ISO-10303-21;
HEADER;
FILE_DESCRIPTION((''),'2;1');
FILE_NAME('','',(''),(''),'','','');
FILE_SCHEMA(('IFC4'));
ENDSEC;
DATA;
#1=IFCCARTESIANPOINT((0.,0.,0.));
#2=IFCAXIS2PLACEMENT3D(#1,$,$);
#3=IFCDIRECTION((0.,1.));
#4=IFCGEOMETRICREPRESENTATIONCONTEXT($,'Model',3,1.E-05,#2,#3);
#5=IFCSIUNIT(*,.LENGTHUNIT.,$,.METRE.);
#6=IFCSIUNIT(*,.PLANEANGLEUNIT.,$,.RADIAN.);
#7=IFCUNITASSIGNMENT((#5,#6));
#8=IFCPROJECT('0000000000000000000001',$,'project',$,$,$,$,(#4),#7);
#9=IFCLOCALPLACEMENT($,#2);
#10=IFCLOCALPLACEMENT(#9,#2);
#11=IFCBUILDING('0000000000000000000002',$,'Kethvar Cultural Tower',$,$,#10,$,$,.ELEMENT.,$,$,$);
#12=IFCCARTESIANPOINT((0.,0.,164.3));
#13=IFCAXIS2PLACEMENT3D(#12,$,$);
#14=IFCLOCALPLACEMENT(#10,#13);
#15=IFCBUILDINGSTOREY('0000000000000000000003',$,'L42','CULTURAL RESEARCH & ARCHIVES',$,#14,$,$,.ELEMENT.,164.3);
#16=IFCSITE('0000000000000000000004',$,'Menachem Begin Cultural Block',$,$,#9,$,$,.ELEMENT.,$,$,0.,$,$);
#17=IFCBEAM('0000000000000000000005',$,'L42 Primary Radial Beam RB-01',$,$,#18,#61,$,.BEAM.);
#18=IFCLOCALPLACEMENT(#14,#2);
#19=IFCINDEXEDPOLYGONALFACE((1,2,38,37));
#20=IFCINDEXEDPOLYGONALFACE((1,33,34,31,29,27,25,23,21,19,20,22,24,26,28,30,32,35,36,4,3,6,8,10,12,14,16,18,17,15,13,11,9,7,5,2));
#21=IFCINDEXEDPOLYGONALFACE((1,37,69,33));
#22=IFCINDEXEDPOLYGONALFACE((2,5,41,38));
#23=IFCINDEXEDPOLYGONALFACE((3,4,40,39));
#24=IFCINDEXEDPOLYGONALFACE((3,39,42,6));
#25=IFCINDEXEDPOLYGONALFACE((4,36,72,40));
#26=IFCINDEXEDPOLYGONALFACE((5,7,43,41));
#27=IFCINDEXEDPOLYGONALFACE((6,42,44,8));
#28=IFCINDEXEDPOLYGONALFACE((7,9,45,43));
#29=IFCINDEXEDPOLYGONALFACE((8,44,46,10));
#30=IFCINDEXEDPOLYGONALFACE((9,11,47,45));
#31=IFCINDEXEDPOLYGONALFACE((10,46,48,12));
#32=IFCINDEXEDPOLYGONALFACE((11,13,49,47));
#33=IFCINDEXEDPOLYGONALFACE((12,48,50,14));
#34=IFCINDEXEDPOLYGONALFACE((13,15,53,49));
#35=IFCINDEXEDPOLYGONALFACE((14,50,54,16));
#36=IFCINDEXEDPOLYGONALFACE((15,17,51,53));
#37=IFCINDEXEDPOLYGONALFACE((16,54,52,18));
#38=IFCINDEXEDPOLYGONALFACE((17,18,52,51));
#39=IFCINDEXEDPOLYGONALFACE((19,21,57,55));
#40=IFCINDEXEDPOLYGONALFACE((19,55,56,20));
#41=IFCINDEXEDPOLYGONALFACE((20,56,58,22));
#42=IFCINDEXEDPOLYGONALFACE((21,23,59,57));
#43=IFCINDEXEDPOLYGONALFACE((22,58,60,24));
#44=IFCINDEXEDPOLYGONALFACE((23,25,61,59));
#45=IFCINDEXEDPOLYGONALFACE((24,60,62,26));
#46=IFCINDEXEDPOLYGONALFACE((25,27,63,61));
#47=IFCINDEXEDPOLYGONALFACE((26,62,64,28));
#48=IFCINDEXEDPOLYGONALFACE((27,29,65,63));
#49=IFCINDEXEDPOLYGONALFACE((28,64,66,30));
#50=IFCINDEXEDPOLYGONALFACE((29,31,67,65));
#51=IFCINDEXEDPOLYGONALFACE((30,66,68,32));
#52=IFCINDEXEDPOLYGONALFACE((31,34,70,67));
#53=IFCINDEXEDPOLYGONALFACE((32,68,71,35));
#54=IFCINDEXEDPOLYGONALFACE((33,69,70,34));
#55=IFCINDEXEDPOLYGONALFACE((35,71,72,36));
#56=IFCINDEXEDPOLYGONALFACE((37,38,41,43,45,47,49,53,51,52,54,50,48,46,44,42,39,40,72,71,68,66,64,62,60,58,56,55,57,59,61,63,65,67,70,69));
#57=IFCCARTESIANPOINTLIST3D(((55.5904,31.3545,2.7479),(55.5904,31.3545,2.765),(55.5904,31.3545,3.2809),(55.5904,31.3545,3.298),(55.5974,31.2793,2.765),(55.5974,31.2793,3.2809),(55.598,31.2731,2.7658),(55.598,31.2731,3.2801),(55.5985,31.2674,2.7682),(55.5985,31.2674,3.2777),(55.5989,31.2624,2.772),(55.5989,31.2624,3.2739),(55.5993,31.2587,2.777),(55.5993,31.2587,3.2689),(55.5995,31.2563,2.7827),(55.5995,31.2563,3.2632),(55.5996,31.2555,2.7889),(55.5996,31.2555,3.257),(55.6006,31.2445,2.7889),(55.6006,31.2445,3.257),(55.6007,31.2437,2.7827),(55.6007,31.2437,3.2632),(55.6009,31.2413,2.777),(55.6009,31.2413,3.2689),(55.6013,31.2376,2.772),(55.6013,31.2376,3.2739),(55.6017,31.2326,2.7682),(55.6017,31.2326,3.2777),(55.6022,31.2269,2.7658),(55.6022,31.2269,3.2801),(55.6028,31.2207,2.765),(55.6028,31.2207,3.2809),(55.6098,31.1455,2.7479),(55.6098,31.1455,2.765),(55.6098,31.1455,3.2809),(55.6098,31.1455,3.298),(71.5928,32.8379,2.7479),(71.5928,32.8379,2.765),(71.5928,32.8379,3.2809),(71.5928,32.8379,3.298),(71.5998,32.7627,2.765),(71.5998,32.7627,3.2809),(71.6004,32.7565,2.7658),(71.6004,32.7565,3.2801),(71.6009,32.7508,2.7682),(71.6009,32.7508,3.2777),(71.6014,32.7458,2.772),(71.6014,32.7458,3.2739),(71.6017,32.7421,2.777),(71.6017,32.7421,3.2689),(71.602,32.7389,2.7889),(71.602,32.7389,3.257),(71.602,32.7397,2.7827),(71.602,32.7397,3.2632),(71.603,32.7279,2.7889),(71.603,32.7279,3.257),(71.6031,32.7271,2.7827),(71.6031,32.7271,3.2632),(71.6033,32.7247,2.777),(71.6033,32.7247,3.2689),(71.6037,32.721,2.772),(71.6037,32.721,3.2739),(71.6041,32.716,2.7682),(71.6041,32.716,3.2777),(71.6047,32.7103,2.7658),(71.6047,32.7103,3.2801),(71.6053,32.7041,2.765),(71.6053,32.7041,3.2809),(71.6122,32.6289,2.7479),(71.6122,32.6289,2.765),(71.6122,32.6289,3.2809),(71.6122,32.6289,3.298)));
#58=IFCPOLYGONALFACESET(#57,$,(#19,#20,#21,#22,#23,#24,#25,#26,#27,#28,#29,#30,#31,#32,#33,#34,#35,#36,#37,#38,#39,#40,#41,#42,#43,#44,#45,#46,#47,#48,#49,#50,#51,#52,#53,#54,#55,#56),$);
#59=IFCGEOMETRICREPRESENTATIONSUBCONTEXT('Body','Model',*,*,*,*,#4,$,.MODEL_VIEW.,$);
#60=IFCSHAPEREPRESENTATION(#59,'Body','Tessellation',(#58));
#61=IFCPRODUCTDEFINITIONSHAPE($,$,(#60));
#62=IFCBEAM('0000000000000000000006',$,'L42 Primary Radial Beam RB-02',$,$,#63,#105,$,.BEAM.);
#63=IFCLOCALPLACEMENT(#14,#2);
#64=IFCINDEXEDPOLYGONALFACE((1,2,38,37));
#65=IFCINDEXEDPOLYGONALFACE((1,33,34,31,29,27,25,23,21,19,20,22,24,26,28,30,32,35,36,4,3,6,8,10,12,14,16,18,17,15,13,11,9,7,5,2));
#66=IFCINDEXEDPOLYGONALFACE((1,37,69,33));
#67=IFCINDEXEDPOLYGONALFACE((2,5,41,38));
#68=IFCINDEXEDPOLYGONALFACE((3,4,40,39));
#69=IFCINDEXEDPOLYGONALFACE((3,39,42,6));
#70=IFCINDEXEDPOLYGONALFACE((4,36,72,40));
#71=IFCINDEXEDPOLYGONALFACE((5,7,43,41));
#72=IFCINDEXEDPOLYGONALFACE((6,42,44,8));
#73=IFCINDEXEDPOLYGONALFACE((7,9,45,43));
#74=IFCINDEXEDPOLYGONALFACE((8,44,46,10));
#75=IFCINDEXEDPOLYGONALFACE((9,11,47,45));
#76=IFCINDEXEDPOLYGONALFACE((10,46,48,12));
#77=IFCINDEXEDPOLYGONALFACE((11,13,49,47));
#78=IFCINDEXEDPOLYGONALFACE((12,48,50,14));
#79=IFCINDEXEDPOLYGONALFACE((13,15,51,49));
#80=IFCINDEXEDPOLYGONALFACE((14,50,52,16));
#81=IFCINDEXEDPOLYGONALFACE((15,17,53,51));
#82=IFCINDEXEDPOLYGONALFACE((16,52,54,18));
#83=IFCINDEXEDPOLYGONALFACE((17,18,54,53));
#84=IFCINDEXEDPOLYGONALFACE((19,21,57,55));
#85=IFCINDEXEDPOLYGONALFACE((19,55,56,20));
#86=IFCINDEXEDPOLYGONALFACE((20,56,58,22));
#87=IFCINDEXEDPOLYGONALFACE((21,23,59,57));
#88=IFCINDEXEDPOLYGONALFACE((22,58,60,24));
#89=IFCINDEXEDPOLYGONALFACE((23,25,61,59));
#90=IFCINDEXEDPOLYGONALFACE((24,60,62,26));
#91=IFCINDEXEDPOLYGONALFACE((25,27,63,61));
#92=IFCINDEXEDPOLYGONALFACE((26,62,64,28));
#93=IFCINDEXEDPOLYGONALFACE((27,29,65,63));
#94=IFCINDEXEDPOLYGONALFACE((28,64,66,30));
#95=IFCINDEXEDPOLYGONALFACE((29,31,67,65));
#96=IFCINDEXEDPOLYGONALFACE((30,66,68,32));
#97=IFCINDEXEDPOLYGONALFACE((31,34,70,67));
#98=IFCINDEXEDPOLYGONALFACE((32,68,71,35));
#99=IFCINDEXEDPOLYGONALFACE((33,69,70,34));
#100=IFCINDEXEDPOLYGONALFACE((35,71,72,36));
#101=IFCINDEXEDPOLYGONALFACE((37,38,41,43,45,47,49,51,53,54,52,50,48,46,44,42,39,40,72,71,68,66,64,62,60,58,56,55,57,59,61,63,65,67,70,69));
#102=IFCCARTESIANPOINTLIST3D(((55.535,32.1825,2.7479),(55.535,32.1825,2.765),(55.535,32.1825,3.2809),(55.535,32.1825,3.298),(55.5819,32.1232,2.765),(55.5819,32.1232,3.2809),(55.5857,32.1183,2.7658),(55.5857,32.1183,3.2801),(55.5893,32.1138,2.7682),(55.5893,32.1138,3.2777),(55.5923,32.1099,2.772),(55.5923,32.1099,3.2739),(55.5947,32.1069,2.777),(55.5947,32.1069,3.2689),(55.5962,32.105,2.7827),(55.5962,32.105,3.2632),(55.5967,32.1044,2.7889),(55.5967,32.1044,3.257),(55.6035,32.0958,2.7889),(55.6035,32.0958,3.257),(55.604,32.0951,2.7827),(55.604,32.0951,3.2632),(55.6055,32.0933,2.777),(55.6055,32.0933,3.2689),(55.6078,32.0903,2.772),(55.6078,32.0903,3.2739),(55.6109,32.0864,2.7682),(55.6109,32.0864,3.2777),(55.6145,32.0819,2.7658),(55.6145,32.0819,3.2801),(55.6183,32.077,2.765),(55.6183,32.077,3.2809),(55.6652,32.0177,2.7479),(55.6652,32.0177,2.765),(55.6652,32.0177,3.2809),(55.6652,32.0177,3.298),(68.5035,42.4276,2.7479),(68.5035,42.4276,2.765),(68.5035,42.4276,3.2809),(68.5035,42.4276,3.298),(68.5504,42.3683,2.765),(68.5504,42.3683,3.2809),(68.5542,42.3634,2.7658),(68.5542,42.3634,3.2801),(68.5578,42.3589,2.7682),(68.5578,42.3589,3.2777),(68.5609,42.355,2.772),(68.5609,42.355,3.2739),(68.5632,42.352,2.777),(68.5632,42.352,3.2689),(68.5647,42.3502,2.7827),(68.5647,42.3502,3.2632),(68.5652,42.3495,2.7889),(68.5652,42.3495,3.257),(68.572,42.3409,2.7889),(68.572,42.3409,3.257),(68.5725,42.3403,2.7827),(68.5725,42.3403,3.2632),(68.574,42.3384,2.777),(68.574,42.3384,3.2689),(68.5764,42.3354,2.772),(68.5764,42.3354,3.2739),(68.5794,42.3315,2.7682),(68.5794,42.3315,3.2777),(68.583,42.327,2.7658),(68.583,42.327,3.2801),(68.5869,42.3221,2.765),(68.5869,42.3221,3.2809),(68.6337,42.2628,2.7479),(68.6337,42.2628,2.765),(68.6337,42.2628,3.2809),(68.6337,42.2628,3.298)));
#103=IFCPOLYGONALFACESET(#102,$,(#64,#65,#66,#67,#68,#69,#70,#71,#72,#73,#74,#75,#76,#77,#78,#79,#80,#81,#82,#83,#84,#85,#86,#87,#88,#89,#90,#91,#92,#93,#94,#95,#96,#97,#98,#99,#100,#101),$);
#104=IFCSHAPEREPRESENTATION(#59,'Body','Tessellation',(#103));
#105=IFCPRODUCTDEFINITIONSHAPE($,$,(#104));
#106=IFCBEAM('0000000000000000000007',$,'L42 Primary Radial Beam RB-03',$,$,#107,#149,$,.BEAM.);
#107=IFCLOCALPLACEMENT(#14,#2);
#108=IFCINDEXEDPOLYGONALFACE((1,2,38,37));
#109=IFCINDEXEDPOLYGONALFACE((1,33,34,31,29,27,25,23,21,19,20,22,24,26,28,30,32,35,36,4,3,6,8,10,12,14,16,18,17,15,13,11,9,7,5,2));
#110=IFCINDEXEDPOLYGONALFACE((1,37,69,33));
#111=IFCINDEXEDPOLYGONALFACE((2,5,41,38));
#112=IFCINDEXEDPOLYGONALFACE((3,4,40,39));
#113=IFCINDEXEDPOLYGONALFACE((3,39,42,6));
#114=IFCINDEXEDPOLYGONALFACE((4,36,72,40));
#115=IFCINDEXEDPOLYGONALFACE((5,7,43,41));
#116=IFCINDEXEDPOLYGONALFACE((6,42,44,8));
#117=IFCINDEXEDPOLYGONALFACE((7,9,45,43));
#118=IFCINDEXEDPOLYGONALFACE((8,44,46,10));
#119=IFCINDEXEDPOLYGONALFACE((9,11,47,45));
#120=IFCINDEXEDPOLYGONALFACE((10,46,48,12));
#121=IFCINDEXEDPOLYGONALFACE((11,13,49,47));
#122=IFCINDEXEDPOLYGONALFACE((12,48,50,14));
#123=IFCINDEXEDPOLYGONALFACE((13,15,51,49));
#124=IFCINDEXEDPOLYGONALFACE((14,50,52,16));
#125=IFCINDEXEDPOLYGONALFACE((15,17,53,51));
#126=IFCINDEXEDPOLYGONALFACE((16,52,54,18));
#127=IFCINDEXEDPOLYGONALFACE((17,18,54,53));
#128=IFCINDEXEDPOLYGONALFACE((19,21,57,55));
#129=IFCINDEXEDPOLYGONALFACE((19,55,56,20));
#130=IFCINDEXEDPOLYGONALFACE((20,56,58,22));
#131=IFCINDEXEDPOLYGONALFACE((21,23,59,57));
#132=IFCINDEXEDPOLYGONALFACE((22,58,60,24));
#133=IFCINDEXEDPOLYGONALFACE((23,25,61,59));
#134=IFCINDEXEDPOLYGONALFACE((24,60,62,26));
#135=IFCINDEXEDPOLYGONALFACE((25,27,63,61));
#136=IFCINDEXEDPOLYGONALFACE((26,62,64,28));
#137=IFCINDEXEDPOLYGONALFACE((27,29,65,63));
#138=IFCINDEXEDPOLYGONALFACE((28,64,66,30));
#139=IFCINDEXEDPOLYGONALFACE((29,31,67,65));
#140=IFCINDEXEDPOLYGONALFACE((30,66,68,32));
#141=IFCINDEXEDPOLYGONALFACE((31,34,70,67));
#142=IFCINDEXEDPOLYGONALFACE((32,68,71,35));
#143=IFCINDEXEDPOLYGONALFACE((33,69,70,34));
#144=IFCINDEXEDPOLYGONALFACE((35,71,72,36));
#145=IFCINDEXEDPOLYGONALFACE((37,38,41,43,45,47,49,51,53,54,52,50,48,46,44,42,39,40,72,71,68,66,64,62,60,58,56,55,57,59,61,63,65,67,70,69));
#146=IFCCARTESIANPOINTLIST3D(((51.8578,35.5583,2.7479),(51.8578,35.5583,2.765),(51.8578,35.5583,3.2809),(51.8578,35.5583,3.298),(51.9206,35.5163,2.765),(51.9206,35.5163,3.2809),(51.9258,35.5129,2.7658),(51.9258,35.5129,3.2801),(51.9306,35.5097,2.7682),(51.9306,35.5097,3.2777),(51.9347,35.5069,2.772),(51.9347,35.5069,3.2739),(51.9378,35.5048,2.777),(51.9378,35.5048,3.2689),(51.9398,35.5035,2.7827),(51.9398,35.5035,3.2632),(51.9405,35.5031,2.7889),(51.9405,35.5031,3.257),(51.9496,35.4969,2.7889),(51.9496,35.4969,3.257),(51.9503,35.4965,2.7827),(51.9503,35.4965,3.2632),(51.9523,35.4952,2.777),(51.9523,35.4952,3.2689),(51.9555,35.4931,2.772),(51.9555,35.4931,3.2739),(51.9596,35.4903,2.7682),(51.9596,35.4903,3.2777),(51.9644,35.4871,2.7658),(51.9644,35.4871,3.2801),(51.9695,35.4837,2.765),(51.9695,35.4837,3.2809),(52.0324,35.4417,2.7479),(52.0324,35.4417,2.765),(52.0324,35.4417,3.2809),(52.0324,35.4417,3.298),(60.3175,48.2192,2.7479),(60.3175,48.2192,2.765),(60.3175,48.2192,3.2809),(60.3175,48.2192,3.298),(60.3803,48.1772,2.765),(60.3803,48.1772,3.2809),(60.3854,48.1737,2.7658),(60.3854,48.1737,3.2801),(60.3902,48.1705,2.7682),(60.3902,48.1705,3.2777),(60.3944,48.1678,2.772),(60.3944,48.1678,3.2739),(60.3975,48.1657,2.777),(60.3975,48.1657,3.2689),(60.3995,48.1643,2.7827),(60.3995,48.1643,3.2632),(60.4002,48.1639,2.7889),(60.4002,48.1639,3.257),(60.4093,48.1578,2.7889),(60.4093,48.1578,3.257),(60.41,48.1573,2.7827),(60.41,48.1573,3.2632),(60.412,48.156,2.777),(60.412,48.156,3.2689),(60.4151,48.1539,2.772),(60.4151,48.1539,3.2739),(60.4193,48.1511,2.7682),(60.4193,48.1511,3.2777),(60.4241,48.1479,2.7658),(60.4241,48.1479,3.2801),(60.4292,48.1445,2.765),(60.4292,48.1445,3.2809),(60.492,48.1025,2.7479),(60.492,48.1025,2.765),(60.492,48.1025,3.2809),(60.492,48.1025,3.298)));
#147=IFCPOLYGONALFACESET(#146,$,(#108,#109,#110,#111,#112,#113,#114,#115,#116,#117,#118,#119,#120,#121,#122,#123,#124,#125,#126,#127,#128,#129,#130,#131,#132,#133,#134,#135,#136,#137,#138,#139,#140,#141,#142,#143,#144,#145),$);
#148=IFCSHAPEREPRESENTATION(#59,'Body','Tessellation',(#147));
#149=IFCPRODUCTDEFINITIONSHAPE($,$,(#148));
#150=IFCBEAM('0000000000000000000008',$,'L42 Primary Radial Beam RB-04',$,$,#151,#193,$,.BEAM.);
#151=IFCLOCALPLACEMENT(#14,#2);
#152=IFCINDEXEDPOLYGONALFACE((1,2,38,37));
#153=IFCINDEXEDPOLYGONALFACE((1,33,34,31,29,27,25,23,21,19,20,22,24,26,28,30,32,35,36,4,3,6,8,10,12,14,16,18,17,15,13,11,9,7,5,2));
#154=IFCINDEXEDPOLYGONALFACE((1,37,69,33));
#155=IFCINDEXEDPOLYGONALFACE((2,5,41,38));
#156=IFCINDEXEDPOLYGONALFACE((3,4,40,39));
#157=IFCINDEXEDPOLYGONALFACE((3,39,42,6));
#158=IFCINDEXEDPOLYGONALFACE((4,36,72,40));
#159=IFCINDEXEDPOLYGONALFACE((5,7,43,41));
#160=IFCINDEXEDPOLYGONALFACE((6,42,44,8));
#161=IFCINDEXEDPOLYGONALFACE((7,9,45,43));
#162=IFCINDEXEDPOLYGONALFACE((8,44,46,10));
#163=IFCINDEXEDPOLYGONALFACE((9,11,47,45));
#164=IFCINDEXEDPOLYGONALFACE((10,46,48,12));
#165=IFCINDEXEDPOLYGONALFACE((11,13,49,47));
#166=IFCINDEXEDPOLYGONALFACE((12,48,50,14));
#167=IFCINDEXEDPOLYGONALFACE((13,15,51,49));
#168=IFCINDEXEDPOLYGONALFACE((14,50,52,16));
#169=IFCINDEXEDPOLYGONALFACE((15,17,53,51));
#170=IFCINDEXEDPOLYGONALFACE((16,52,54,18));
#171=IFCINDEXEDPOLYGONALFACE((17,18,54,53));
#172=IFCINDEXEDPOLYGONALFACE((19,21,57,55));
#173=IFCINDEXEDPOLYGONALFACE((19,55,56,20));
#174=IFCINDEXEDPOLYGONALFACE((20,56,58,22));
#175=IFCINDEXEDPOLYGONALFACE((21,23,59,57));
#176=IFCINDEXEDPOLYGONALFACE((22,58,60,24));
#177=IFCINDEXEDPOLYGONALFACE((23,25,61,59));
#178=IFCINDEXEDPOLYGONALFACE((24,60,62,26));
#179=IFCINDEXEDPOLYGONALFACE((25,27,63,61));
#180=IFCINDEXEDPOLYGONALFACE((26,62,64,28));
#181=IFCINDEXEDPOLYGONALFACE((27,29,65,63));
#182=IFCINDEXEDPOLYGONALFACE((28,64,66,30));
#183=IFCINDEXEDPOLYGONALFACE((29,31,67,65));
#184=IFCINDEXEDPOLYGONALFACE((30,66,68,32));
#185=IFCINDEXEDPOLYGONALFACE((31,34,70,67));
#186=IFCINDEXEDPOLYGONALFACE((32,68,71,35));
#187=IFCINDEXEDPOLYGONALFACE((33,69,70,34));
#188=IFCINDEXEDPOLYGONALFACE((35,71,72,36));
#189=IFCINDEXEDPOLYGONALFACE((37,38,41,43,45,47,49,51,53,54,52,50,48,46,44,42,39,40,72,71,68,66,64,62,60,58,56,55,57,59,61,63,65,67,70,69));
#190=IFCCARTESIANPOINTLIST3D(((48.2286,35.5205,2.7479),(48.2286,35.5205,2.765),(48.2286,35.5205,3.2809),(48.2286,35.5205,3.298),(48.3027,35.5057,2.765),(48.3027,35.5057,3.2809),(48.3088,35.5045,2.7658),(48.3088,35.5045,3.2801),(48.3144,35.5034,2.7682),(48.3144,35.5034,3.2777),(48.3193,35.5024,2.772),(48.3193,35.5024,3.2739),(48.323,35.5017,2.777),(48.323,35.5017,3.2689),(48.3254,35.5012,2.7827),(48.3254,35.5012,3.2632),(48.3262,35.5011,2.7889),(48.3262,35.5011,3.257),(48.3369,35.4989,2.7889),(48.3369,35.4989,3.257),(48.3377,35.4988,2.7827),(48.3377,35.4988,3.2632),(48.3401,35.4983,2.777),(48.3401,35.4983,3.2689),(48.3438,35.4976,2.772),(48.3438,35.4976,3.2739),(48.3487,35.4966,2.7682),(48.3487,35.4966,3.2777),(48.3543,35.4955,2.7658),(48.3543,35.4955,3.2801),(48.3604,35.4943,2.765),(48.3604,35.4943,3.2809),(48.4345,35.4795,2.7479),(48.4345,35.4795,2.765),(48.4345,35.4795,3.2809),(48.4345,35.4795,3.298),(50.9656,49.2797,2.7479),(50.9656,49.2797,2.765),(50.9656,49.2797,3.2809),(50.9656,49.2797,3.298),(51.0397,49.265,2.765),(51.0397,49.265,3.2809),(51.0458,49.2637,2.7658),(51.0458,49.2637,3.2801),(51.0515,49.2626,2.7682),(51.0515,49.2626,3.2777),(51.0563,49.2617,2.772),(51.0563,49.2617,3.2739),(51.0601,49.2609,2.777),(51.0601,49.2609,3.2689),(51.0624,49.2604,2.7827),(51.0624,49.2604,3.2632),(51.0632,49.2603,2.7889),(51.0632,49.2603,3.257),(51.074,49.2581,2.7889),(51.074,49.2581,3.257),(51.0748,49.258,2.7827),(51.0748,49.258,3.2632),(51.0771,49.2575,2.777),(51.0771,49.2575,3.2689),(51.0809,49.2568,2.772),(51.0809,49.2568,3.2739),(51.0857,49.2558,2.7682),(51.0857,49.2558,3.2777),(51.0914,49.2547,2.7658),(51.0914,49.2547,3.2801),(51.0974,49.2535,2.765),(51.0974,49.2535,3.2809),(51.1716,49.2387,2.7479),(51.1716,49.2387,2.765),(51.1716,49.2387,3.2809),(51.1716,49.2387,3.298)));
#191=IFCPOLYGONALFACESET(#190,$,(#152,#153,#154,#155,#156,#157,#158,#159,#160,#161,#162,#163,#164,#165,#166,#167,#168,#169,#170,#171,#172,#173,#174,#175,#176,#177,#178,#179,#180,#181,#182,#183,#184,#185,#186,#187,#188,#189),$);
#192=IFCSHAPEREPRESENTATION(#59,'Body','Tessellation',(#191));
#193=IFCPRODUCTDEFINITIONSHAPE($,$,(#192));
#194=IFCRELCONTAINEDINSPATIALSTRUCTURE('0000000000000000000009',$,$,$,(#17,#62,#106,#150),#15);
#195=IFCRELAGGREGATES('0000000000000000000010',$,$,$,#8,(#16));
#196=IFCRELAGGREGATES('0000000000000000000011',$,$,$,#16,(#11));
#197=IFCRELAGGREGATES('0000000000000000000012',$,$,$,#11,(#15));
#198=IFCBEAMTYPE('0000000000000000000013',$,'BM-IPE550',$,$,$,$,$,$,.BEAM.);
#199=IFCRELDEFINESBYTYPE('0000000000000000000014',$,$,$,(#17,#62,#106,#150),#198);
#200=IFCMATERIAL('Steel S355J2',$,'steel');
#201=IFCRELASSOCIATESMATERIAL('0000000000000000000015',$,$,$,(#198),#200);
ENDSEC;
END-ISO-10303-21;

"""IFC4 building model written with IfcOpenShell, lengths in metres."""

from ifc_helpers import new_model, si_unit, direction, frame, origin, origin_2d, place, context, subcontext, project, spatial, i_section, extrude, source, transform, mapped, material, material_profile, profile_set, type_object, element, save


model = new_model("IFC4")

# Units and contexts
model_context = context("Model", 3, precision=1e-05, world=origin(), true_north=direction((0.0, 1.0)))
body_context = subcontext(model_context, "Body", "Model", "MODEL_VIEW")
ifc_project = project(units=[si_unit("LENGTHUNIT", "METRE"), si_unit("PLANEANGLEUNIT", "RADIAN")], contexts=[model_context])

# Site, building, storey
site_placement = place(None, origin())
site = spatial("IfcSite", under=ifc_project, at=site_placement, Name="Menachem Begin Cultural Block", CompositionType="ELEMENT", RefElevation=0.0)
building_placement = place(site_placement, origin())
building = spatial("IfcBuilding", under=site, at=building_placement, Name="Kethvar Cultural Tower", CompositionType="ELEMENT")
storey_placement = place(building_placement, frame((0.0, 0.0, 164.3)))
storey = spatial("IfcBuildingStorey", under=building, at=storey_placement, Name="L42", Description="CULTURAL RESEARCH & ARCHIVES", CompositionType="ELEMENT", Elevation=164.3)

# Beams
ifc_material_1 = material(Name="Steel S355J2", Category="steel")
ifc_material_profile_1 = material_profile(ifc_material_1, i_section(OverallWidth=0.21, OverallDepth=0.55, WebThickness=0.011, FlangeThickness=0.0171, FilletRadius=0.0239, at=origin_2d()), Name="Steel S355J2 — IPE550")
ifc_profile_set_1 = profile_set([ifc_material_profile_1], Name="Steel S355J2 — IPE550")
beam_type_1 = type_object("IfcBeamType", Name="BM-IPE550", PredefinedType="BEAM", material=ifc_profile_set_1)
shared_shape_1 = source(origin(), body_context, "Body", "SweptSolid", [
    extrude(i_section(OverallWidth=0.21, OverallDepth=0.55, WebThickness=0.011, FlangeThickness=0.0171, FilletRadius=0.0239, at=origin_2d()), origin(), (0.0, 0.0, 1.0), 16.071),
])
beam_1_placement = place(storey_placement, frame((55.6001, 31.25, 3.0229), z_axis=(0.995731, 0.092303, 0.0), x_axis=(-0.092303, 0.995731, 0.0)))
element("IfcBeam", 1, at=beam_1_placement, inside=storey, type_object=beam_type_1, Name="L42 Primary Radial Beam RB-01", PredefinedType="BEAM", context=body_context, shape_type="MappedRepresentation", body=[
    mapped(shared_shape_1, transform((0.0, 0.0, 0.0), scale=1.0)),
])
shared_shape_2 = source(origin(), body_context, "Body", "SweptSolid", [
    extrude(i_section(OverallWidth=0.21, OverallDepth=0.55, WebThickness=0.011, FlangeThickness=0.0171, FilletRadius=0.0239, at=origin_2d()), origin(), (0.0, 0.0, 1.0), 16.5271),
])
beam_2_placement = place(storey_placement, frame((55.6001, 32.1001, 3.0229), z_axis=(0.784682, 0.619899, 0.0), x_axis=(-0.619899, 0.784682, 0.0)))
element("IfcBeam", 2, at=beam_2_placement, inside=storey, type_object=beam_type_1, Name="L42 Primary Radial Beam RB-02", PredefinedType="BEAM", context=body_context, shape_type="MappedRepresentation", body=[
    mapped(shared_shape_2, transform((0.0, 0.0, 0.0), scale=1.0)),
])
shared_shape_3 = source(origin(), body_context, "Body", "SweptSolid", [
    extrude(i_section(OverallWidth=0.21, OverallDepth=0.55, WebThickness=0.011, FlangeThickness=0.0171, FilletRadius=0.0239, at=origin_2d()), origin(), (0.0, 0.0, 1.0), 15.2271),
])
beam_3_placement = place(storey_placement, frame((51.9451, 35.5, 3.0229), z_axis=(0.555569, 0.83147, 0.0), x_axis=(-0.83147, 0.555569, 0.0)))
element("IfcBeam", 3, at=beam_3_placement, inside=storey, type_object=beam_type_1, Name="L42 Primary Radial Beam RB-03", PredefinedType="BEAM", context=body_context, shape_type="MappedRepresentation", body=[
    mapped(shared_shape_3, transform((0.0, 0.0, 0.0), scale=1.0)),
])
shared_shape_4 = source(origin(), body_context, "Body", "SweptSolid", [
    extrude(i_section(OverallWidth=0.21, OverallDepth=0.55, WebThickness=0.011, FlangeThickness=0.0171, FilletRadius=0.0239, at=origin_2d()), origin(), (0.0, 0.0, 1.0), 14.0288),
])
beam_4_placement = place(storey_placement, frame((48.3315, 35.5, 3.0229), z_axis=(0.195102, 0.980783, 0.0), x_axis=(-0.980783, 0.195102, 0.0)))
element("IfcBeam", 4, at=beam_4_placement, inside=storey, type_object=beam_type_1, Name="L42 Primary Radial Beam RB-04", PredefinedType="BEAM", context=body_context, shape_type="MappedRepresentation", body=[
    mapped(shared_shape_4, transform((0.0, 0.0, 0.0), scale=1.0)),
])

save(model, "model.ifc")
